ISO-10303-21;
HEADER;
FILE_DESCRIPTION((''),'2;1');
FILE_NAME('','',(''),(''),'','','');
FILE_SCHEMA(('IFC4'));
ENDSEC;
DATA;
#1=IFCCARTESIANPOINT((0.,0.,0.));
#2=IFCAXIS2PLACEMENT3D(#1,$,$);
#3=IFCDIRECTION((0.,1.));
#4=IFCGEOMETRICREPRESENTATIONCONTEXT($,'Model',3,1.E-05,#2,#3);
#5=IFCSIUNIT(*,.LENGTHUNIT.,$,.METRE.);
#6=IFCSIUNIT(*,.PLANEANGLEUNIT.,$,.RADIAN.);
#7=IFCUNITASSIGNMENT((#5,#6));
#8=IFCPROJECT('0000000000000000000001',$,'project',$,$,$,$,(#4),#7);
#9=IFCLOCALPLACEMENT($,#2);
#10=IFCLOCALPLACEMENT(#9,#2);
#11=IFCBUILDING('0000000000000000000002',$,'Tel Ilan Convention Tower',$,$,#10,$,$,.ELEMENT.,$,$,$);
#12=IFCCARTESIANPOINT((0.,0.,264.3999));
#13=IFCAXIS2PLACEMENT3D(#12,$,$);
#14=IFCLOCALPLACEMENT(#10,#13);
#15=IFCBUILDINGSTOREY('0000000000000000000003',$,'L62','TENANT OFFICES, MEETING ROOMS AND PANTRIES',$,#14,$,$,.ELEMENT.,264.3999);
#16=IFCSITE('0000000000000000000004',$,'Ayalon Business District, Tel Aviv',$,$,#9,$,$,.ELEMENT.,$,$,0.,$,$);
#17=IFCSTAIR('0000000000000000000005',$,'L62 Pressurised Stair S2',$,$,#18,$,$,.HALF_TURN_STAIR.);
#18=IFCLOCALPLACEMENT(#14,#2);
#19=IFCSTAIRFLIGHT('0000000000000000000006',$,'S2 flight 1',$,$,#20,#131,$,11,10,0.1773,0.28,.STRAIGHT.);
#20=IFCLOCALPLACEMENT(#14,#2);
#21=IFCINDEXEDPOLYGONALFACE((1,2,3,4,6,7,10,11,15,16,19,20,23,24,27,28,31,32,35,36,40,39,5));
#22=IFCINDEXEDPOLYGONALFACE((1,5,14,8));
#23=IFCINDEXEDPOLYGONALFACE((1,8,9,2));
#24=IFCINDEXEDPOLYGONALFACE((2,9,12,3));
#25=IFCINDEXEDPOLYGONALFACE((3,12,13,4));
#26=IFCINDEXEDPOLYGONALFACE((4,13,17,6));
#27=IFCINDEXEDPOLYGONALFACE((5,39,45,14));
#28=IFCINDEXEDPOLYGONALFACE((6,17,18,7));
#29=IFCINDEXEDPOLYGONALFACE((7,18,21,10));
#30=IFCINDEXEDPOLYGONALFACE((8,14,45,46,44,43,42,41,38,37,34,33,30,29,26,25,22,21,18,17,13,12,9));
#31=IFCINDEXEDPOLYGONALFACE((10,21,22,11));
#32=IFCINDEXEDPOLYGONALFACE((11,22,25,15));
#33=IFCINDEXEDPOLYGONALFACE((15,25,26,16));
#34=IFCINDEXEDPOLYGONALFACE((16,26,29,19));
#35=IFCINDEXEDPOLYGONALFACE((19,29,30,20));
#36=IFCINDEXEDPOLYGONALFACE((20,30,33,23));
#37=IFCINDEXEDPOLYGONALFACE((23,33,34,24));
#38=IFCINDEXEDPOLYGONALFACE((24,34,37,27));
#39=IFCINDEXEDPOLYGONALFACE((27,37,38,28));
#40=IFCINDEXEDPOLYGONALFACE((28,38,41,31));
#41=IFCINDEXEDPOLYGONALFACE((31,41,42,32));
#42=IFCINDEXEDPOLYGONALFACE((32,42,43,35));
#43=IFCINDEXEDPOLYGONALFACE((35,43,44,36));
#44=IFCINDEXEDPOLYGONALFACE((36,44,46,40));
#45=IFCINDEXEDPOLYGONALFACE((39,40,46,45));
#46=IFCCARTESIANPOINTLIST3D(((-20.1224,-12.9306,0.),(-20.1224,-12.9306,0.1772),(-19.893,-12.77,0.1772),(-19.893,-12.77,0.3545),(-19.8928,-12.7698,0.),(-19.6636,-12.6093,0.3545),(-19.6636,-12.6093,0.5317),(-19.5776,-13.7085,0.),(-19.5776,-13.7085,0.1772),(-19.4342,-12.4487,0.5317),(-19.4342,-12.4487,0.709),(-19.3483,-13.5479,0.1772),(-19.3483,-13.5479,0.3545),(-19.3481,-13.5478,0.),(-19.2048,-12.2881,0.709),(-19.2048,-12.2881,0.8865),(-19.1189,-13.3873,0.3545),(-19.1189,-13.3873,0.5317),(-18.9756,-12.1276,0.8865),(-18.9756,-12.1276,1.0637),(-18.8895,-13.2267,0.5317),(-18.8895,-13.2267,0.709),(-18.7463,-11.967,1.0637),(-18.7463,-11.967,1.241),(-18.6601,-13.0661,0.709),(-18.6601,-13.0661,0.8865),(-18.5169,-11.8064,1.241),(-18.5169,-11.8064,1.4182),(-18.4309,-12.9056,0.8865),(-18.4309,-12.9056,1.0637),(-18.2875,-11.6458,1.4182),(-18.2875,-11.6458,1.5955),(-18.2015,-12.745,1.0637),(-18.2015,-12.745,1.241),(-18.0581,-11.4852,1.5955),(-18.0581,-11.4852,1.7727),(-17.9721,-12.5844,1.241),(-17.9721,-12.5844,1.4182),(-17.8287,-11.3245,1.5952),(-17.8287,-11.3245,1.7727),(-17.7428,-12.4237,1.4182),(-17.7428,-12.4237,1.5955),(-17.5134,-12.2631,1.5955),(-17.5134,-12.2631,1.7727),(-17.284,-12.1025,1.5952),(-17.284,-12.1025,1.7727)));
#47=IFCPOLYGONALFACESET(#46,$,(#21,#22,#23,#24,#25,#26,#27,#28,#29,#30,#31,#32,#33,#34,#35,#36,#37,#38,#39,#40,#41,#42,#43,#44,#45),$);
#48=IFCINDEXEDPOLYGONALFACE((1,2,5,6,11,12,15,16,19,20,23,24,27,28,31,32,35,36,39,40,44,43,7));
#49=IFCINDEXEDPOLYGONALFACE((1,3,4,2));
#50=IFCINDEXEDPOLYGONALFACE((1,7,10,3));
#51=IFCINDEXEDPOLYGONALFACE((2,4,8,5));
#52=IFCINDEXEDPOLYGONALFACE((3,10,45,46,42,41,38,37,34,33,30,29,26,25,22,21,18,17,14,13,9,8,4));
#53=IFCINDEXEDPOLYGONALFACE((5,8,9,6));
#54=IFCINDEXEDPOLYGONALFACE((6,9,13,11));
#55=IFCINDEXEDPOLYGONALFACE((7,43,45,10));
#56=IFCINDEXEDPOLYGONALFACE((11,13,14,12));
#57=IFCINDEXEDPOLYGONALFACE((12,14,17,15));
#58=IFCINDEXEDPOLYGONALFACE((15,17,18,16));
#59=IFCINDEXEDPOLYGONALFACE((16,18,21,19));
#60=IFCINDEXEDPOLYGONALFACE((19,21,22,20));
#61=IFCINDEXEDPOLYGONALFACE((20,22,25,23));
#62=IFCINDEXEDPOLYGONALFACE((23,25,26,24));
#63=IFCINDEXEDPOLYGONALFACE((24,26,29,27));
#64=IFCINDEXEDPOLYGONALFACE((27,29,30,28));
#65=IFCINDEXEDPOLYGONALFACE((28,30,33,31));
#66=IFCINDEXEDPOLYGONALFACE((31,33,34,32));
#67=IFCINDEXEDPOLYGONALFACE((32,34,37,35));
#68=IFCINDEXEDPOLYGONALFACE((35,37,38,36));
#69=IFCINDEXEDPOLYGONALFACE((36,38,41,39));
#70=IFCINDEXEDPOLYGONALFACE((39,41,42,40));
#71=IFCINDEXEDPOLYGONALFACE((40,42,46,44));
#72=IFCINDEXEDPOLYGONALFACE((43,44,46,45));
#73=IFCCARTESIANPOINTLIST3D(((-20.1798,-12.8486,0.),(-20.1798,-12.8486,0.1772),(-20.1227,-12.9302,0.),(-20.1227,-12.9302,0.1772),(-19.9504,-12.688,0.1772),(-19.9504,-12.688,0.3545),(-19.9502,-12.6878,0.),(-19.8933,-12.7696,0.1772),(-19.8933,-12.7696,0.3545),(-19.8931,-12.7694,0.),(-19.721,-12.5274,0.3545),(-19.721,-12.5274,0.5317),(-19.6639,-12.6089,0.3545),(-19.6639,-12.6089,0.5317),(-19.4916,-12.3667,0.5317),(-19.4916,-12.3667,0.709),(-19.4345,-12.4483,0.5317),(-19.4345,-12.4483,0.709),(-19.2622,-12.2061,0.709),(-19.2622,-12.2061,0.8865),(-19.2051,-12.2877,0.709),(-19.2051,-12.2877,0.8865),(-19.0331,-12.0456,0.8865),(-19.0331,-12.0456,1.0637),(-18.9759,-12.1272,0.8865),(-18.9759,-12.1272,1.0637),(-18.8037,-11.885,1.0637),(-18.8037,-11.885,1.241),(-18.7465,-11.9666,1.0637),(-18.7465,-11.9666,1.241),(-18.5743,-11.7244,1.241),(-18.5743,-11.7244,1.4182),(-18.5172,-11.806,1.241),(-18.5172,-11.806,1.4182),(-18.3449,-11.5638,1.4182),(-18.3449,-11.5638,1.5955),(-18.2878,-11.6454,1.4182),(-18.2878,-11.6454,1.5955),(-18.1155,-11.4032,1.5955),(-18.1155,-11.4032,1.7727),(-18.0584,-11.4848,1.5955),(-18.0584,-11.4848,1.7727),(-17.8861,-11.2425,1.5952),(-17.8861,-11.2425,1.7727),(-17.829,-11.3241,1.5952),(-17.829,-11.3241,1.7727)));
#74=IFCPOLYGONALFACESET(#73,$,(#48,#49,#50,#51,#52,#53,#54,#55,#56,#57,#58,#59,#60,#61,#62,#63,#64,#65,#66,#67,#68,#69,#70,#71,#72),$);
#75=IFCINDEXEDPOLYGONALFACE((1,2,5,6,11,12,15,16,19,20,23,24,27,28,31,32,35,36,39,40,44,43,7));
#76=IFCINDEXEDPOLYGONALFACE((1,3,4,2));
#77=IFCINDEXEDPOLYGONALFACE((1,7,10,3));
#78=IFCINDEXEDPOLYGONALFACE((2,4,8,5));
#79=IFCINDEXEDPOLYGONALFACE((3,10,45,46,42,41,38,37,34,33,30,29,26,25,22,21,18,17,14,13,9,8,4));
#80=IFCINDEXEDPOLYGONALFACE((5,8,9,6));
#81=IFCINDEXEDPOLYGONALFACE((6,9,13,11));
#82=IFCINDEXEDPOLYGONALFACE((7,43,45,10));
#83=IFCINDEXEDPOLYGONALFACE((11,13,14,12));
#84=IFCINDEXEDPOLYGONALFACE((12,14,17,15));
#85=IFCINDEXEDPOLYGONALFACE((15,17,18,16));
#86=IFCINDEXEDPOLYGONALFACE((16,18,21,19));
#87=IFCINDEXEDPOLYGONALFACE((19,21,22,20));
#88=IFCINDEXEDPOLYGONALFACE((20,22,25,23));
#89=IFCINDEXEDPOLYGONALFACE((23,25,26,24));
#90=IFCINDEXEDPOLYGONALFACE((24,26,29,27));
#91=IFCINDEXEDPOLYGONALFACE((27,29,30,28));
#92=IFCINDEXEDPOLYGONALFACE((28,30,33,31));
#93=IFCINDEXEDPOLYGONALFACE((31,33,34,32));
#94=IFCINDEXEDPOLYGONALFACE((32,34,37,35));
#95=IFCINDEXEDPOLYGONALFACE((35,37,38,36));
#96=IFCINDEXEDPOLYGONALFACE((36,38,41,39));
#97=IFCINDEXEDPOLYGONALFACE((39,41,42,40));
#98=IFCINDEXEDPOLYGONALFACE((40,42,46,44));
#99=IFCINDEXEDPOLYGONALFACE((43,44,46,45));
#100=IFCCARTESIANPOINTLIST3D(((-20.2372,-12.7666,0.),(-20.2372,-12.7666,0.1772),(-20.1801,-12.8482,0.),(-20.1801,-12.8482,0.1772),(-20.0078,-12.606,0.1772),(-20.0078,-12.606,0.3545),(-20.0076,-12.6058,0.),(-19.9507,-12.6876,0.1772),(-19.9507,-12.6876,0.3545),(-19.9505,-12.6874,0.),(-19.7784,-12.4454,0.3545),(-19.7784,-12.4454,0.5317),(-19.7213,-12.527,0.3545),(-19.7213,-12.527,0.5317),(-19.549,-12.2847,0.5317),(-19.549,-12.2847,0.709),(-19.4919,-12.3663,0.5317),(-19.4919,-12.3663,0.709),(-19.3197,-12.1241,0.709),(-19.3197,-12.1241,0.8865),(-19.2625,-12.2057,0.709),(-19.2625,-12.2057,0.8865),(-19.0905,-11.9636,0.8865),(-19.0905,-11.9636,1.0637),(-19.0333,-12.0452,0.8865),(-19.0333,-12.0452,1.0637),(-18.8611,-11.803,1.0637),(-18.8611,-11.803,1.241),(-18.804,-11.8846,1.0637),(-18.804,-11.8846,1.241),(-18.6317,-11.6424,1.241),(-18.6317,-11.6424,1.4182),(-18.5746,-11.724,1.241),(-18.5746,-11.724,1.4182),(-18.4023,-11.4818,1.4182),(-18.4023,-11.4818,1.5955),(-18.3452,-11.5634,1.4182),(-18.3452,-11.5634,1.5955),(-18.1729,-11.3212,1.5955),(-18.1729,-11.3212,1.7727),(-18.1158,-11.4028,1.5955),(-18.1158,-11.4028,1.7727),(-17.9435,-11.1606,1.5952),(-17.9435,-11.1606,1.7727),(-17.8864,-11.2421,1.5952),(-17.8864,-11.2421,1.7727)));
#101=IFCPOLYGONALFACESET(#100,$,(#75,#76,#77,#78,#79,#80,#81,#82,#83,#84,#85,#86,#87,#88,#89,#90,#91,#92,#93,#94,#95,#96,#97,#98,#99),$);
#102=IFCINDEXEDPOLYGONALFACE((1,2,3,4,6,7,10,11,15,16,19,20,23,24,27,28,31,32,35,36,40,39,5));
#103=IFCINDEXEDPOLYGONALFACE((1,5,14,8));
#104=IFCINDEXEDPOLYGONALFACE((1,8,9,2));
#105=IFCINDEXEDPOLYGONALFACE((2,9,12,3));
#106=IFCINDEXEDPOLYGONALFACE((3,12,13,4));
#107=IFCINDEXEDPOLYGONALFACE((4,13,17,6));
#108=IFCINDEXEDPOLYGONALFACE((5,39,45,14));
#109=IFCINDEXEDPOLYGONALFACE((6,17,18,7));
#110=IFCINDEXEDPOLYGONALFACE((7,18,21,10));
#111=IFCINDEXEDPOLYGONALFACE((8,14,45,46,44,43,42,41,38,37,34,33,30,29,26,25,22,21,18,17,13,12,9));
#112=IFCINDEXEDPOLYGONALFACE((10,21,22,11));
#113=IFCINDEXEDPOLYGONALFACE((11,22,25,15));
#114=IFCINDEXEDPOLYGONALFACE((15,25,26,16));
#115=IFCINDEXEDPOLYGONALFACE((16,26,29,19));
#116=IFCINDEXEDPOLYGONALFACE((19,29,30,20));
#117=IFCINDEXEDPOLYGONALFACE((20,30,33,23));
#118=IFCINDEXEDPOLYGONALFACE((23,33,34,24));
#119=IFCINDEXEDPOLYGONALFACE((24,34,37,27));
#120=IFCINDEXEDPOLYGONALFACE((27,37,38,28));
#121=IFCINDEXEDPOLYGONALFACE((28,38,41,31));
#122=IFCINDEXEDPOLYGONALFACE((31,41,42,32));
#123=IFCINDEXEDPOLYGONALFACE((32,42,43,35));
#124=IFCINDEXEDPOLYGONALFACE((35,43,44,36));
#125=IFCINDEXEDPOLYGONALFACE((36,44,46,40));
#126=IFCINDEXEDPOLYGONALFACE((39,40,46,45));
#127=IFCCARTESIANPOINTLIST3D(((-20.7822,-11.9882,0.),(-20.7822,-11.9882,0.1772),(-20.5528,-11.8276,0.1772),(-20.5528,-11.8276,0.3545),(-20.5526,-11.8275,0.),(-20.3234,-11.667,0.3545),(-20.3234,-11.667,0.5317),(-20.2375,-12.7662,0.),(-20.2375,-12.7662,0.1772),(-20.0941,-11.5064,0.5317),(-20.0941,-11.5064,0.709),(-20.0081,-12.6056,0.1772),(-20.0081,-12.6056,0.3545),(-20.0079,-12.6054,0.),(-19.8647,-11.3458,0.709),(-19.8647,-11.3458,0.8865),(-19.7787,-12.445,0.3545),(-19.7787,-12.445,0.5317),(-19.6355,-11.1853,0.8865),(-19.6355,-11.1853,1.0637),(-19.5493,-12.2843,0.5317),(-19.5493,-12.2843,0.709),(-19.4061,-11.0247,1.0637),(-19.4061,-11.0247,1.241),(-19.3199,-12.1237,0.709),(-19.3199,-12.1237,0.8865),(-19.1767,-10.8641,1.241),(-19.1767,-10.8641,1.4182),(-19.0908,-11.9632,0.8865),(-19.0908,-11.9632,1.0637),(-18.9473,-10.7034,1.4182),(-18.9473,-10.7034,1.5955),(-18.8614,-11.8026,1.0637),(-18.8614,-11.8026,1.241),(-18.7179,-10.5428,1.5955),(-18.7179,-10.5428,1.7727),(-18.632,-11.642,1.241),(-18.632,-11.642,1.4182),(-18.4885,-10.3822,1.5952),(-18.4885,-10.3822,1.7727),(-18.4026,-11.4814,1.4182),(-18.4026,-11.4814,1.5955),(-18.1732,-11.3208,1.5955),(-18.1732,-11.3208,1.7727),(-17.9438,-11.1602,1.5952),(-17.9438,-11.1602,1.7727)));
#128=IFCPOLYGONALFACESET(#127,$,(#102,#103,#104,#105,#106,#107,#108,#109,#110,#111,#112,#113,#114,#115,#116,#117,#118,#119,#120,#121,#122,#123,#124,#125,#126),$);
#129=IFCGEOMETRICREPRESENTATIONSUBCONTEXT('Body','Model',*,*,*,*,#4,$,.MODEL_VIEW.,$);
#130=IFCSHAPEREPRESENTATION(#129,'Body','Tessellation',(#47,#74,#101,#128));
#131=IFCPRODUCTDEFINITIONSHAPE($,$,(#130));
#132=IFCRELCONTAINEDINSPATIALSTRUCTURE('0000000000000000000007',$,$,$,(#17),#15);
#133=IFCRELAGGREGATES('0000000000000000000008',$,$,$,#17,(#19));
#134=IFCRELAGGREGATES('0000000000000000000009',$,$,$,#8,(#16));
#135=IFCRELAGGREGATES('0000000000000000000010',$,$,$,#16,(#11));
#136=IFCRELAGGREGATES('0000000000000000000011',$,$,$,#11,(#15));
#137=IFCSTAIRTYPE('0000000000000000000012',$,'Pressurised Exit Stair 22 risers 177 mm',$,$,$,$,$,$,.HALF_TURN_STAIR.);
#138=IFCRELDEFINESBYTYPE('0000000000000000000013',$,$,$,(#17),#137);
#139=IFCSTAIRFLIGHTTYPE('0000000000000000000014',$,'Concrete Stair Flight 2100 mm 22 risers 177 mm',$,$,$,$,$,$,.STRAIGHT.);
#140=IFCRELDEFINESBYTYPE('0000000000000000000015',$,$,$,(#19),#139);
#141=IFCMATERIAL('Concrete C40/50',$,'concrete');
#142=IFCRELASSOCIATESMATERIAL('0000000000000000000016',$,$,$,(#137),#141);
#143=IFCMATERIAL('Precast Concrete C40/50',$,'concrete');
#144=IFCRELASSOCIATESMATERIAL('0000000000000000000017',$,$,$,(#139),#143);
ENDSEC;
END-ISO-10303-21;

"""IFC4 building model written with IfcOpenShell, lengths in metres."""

from ifc_helpers import new_model, si_unit, direction, frame, origin, place, context, subcontext, project, spatial, polyline, outline, extrude, material, type_object, element, aggregate, save


model = new_model("IFC4")

# Units and contexts
model_context = context("Model", 3, precision=1e-05, world=origin(), true_north=direction((0.0, 1.0)))
body_context = subcontext(model_context, "Body", "Model", "MODEL_VIEW")
ifc_project = project(units=[si_unit("LENGTHUNIT", "METRE"), si_unit("PLANEANGLEUNIT", "RADIAN")], contexts=[model_context])

# Site, building, storey
site_placement = place(None, origin())
site = spatial("IfcSite", under=ifc_project, at=site_placement, Name="Ayalon Business District, Tel Aviv", CompositionType="ELEMENT", RefElevation=0.0)
building_placement = place(site_placement, origin())
building = spatial("IfcBuilding", under=site, at=building_placement, Name="Tel Ilan Convention Tower", CompositionType="ELEMENT")
storey_placement = place(building_placement, frame((0.0, 0.0, 264.3999)))
storey = spatial("IfcBuildingStorey", under=building, at=storey_placement, Name="L62", Description="TENANT OFFICES, MEETING ROOMS AND PANTRIES", CompositionType="ELEMENT", Elevation=264.3999)

# Stair, stair flight
ifc_material_1 = material(Name="Concrete C40/50", Category="concrete")
stair_type = type_object("IfcStairType", Name="Pressurised Exit Stair 22 risers 177 mm", PredefinedType="HALF_TURN_STAIR", material=ifc_material_1)
ifc_material_2 = material(Name="Precast Concrete C40/50", Category="concrete")
stair_flight_type = type_object("IfcStairFlightType", Name="Concrete Stair Flight 2100 mm 22 risers 177 mm", PredefinedType="STRAIGHT", material=ifc_material_2)
stair_1_placement = place(storey_placement, origin())
stair_1 = element("IfcStair", 1, at=stair_1_placement, inside=storey, type_object=stair_type, Name="L62 Pressurised Stair S2", PredefinedType="HALF_TURN_STAIR")
stair_flight_1_placement = place(storey_placement, frame((-20.1799, -12.8484, 0.0), z_axis=(0.0, 0.0, 1.0), x_axis=(0.819152, 0.573576, 0.0)))
stair_flight_1 = element("IfcStairFlight", 2, at=stair_flight_1_placement, type_object=stair_flight_type, Name="S2 flight 1", NumberOfRisers=11, NumberOfTreads=10, PredefinedType="STRAIGHT", RiserHeight=0.1773, TreadLength=0.28, context=body_context, shape_type="SweptSolid", body=[
    extrude(outline(polyline([(0.0, 0.0), (0.0, 0.1772), (0.28, 0.1772), (0.28, 0.3545), (0.5601, 0.3545), (0.5601, 0.5317), (0.8401, 0.5317), (0.8401, 0.709), (1.1201, 0.709), (1.1201, 0.8865), (1.3999, 0.8865), (1.3999, 1.0637), (1.6799, 1.0637), (1.6799, 1.241), (1.96, 1.241), (1.96, 1.4182), (2.24, 1.4182), (2.24, 1.5955), (2.52, 1.5955), (2.52, 1.7727), (2.8, 1.7727), (2.8, 1.95), (2.8, 1.5952), (0.2803, 0.0), (0.0, 0.0)])), frame((0.0, -0.1003, 0.0), z_axis=(0.0, -1.0, 0.0), x_axis=(1.0, 0.0, 0.0)), (0.0, 0.0, 1.0), 0.9497),
    extrude(outline(polyline([(0.0, 0.0), (0.0, 0.1772), (0.28, 0.1772), (0.28, 0.3545), (0.5601, 0.3545), (0.5601, 0.5317), (0.8401, 0.5317), (0.8401, 0.709), (1.1201, 0.709), (1.1201, 0.8865), (1.3999, 0.8865), (1.3999, 1.0637), (1.6799, 1.0637), (1.6799, 1.241), (1.96, 1.241), (1.96, 1.4182), (2.24, 1.4182), (2.24, 1.5955), (2.52, 1.5955), (2.52, 1.7727), (2.8, 1.7727), (2.8, 1.95), (2.8, 1.5952), (0.2803, 0.0), (0.0, 0.0)])), frame((0.0, -0.0002, 0.0), z_axis=(0.0, -1.0, 0.0), x_axis=(1.0, 0.0, 0.0)), (0.0, 0.0, 1.0), 0.0996),
    extrude(outline(polyline([(0.0, 0.0), (0.0, 0.1772), (0.28, 0.1772), (0.28, 0.3545), (0.5601, 0.3545), (0.5601, 0.5317), (0.8401, 0.5317), (0.8401, 0.709), (1.1201, 0.709), (1.1201, 0.8865), (1.3999, 0.8865), (1.3999, 1.0637), (1.6799, 1.0637), (1.6799, 1.241), (1.96, 1.241), (1.96, 1.4182), (2.24, 1.4182), (2.24, 1.5955), (2.52, 1.5955), (2.52, 1.7727), (2.8, 1.7727), (2.8, 1.95), (2.8, 1.5952), (0.2803, 0.0), (0.0, 0.0)])), frame((0.0, 0.0999, 0.0), z_axis=(0.0, -1.0, 0.0), x_axis=(1.0, 0.0, 0.0)), (0.0, 0.0, 1.0), 0.0996),
    extrude(outline(polyline([(0.0, 0.0), (0.0, 0.1772), (0.28, 0.1772), (0.28, 0.3545), (0.5601, 0.3545), (0.5601, 0.5317), (0.8401, 0.5317), (0.8401, 0.709), (1.1201, 0.709), (1.1201, 0.8865), (1.3999, 0.8865), (1.3999, 1.0637), (1.6799, 1.0637), (1.6799, 1.241), (1.96, 1.241), (1.96, 1.4182), (2.24, 1.4182), (2.24, 1.5955), (2.52, 1.5955), (2.52, 1.7727), (2.8, 1.7727), (2.8, 1.95), (2.8, 1.5952), (0.2803, 0.0), (0.0, 0.0)])), frame((0.0, 1.05, 0.0), z_axis=(0.0, -1.0, 0.0), x_axis=(1.0, 0.0, 0.0)), (0.0, 0.0, 1.0), 0.9497),
])
aggregate(stair_1, [stair_flight_1])

save(model, "model.ifc")
